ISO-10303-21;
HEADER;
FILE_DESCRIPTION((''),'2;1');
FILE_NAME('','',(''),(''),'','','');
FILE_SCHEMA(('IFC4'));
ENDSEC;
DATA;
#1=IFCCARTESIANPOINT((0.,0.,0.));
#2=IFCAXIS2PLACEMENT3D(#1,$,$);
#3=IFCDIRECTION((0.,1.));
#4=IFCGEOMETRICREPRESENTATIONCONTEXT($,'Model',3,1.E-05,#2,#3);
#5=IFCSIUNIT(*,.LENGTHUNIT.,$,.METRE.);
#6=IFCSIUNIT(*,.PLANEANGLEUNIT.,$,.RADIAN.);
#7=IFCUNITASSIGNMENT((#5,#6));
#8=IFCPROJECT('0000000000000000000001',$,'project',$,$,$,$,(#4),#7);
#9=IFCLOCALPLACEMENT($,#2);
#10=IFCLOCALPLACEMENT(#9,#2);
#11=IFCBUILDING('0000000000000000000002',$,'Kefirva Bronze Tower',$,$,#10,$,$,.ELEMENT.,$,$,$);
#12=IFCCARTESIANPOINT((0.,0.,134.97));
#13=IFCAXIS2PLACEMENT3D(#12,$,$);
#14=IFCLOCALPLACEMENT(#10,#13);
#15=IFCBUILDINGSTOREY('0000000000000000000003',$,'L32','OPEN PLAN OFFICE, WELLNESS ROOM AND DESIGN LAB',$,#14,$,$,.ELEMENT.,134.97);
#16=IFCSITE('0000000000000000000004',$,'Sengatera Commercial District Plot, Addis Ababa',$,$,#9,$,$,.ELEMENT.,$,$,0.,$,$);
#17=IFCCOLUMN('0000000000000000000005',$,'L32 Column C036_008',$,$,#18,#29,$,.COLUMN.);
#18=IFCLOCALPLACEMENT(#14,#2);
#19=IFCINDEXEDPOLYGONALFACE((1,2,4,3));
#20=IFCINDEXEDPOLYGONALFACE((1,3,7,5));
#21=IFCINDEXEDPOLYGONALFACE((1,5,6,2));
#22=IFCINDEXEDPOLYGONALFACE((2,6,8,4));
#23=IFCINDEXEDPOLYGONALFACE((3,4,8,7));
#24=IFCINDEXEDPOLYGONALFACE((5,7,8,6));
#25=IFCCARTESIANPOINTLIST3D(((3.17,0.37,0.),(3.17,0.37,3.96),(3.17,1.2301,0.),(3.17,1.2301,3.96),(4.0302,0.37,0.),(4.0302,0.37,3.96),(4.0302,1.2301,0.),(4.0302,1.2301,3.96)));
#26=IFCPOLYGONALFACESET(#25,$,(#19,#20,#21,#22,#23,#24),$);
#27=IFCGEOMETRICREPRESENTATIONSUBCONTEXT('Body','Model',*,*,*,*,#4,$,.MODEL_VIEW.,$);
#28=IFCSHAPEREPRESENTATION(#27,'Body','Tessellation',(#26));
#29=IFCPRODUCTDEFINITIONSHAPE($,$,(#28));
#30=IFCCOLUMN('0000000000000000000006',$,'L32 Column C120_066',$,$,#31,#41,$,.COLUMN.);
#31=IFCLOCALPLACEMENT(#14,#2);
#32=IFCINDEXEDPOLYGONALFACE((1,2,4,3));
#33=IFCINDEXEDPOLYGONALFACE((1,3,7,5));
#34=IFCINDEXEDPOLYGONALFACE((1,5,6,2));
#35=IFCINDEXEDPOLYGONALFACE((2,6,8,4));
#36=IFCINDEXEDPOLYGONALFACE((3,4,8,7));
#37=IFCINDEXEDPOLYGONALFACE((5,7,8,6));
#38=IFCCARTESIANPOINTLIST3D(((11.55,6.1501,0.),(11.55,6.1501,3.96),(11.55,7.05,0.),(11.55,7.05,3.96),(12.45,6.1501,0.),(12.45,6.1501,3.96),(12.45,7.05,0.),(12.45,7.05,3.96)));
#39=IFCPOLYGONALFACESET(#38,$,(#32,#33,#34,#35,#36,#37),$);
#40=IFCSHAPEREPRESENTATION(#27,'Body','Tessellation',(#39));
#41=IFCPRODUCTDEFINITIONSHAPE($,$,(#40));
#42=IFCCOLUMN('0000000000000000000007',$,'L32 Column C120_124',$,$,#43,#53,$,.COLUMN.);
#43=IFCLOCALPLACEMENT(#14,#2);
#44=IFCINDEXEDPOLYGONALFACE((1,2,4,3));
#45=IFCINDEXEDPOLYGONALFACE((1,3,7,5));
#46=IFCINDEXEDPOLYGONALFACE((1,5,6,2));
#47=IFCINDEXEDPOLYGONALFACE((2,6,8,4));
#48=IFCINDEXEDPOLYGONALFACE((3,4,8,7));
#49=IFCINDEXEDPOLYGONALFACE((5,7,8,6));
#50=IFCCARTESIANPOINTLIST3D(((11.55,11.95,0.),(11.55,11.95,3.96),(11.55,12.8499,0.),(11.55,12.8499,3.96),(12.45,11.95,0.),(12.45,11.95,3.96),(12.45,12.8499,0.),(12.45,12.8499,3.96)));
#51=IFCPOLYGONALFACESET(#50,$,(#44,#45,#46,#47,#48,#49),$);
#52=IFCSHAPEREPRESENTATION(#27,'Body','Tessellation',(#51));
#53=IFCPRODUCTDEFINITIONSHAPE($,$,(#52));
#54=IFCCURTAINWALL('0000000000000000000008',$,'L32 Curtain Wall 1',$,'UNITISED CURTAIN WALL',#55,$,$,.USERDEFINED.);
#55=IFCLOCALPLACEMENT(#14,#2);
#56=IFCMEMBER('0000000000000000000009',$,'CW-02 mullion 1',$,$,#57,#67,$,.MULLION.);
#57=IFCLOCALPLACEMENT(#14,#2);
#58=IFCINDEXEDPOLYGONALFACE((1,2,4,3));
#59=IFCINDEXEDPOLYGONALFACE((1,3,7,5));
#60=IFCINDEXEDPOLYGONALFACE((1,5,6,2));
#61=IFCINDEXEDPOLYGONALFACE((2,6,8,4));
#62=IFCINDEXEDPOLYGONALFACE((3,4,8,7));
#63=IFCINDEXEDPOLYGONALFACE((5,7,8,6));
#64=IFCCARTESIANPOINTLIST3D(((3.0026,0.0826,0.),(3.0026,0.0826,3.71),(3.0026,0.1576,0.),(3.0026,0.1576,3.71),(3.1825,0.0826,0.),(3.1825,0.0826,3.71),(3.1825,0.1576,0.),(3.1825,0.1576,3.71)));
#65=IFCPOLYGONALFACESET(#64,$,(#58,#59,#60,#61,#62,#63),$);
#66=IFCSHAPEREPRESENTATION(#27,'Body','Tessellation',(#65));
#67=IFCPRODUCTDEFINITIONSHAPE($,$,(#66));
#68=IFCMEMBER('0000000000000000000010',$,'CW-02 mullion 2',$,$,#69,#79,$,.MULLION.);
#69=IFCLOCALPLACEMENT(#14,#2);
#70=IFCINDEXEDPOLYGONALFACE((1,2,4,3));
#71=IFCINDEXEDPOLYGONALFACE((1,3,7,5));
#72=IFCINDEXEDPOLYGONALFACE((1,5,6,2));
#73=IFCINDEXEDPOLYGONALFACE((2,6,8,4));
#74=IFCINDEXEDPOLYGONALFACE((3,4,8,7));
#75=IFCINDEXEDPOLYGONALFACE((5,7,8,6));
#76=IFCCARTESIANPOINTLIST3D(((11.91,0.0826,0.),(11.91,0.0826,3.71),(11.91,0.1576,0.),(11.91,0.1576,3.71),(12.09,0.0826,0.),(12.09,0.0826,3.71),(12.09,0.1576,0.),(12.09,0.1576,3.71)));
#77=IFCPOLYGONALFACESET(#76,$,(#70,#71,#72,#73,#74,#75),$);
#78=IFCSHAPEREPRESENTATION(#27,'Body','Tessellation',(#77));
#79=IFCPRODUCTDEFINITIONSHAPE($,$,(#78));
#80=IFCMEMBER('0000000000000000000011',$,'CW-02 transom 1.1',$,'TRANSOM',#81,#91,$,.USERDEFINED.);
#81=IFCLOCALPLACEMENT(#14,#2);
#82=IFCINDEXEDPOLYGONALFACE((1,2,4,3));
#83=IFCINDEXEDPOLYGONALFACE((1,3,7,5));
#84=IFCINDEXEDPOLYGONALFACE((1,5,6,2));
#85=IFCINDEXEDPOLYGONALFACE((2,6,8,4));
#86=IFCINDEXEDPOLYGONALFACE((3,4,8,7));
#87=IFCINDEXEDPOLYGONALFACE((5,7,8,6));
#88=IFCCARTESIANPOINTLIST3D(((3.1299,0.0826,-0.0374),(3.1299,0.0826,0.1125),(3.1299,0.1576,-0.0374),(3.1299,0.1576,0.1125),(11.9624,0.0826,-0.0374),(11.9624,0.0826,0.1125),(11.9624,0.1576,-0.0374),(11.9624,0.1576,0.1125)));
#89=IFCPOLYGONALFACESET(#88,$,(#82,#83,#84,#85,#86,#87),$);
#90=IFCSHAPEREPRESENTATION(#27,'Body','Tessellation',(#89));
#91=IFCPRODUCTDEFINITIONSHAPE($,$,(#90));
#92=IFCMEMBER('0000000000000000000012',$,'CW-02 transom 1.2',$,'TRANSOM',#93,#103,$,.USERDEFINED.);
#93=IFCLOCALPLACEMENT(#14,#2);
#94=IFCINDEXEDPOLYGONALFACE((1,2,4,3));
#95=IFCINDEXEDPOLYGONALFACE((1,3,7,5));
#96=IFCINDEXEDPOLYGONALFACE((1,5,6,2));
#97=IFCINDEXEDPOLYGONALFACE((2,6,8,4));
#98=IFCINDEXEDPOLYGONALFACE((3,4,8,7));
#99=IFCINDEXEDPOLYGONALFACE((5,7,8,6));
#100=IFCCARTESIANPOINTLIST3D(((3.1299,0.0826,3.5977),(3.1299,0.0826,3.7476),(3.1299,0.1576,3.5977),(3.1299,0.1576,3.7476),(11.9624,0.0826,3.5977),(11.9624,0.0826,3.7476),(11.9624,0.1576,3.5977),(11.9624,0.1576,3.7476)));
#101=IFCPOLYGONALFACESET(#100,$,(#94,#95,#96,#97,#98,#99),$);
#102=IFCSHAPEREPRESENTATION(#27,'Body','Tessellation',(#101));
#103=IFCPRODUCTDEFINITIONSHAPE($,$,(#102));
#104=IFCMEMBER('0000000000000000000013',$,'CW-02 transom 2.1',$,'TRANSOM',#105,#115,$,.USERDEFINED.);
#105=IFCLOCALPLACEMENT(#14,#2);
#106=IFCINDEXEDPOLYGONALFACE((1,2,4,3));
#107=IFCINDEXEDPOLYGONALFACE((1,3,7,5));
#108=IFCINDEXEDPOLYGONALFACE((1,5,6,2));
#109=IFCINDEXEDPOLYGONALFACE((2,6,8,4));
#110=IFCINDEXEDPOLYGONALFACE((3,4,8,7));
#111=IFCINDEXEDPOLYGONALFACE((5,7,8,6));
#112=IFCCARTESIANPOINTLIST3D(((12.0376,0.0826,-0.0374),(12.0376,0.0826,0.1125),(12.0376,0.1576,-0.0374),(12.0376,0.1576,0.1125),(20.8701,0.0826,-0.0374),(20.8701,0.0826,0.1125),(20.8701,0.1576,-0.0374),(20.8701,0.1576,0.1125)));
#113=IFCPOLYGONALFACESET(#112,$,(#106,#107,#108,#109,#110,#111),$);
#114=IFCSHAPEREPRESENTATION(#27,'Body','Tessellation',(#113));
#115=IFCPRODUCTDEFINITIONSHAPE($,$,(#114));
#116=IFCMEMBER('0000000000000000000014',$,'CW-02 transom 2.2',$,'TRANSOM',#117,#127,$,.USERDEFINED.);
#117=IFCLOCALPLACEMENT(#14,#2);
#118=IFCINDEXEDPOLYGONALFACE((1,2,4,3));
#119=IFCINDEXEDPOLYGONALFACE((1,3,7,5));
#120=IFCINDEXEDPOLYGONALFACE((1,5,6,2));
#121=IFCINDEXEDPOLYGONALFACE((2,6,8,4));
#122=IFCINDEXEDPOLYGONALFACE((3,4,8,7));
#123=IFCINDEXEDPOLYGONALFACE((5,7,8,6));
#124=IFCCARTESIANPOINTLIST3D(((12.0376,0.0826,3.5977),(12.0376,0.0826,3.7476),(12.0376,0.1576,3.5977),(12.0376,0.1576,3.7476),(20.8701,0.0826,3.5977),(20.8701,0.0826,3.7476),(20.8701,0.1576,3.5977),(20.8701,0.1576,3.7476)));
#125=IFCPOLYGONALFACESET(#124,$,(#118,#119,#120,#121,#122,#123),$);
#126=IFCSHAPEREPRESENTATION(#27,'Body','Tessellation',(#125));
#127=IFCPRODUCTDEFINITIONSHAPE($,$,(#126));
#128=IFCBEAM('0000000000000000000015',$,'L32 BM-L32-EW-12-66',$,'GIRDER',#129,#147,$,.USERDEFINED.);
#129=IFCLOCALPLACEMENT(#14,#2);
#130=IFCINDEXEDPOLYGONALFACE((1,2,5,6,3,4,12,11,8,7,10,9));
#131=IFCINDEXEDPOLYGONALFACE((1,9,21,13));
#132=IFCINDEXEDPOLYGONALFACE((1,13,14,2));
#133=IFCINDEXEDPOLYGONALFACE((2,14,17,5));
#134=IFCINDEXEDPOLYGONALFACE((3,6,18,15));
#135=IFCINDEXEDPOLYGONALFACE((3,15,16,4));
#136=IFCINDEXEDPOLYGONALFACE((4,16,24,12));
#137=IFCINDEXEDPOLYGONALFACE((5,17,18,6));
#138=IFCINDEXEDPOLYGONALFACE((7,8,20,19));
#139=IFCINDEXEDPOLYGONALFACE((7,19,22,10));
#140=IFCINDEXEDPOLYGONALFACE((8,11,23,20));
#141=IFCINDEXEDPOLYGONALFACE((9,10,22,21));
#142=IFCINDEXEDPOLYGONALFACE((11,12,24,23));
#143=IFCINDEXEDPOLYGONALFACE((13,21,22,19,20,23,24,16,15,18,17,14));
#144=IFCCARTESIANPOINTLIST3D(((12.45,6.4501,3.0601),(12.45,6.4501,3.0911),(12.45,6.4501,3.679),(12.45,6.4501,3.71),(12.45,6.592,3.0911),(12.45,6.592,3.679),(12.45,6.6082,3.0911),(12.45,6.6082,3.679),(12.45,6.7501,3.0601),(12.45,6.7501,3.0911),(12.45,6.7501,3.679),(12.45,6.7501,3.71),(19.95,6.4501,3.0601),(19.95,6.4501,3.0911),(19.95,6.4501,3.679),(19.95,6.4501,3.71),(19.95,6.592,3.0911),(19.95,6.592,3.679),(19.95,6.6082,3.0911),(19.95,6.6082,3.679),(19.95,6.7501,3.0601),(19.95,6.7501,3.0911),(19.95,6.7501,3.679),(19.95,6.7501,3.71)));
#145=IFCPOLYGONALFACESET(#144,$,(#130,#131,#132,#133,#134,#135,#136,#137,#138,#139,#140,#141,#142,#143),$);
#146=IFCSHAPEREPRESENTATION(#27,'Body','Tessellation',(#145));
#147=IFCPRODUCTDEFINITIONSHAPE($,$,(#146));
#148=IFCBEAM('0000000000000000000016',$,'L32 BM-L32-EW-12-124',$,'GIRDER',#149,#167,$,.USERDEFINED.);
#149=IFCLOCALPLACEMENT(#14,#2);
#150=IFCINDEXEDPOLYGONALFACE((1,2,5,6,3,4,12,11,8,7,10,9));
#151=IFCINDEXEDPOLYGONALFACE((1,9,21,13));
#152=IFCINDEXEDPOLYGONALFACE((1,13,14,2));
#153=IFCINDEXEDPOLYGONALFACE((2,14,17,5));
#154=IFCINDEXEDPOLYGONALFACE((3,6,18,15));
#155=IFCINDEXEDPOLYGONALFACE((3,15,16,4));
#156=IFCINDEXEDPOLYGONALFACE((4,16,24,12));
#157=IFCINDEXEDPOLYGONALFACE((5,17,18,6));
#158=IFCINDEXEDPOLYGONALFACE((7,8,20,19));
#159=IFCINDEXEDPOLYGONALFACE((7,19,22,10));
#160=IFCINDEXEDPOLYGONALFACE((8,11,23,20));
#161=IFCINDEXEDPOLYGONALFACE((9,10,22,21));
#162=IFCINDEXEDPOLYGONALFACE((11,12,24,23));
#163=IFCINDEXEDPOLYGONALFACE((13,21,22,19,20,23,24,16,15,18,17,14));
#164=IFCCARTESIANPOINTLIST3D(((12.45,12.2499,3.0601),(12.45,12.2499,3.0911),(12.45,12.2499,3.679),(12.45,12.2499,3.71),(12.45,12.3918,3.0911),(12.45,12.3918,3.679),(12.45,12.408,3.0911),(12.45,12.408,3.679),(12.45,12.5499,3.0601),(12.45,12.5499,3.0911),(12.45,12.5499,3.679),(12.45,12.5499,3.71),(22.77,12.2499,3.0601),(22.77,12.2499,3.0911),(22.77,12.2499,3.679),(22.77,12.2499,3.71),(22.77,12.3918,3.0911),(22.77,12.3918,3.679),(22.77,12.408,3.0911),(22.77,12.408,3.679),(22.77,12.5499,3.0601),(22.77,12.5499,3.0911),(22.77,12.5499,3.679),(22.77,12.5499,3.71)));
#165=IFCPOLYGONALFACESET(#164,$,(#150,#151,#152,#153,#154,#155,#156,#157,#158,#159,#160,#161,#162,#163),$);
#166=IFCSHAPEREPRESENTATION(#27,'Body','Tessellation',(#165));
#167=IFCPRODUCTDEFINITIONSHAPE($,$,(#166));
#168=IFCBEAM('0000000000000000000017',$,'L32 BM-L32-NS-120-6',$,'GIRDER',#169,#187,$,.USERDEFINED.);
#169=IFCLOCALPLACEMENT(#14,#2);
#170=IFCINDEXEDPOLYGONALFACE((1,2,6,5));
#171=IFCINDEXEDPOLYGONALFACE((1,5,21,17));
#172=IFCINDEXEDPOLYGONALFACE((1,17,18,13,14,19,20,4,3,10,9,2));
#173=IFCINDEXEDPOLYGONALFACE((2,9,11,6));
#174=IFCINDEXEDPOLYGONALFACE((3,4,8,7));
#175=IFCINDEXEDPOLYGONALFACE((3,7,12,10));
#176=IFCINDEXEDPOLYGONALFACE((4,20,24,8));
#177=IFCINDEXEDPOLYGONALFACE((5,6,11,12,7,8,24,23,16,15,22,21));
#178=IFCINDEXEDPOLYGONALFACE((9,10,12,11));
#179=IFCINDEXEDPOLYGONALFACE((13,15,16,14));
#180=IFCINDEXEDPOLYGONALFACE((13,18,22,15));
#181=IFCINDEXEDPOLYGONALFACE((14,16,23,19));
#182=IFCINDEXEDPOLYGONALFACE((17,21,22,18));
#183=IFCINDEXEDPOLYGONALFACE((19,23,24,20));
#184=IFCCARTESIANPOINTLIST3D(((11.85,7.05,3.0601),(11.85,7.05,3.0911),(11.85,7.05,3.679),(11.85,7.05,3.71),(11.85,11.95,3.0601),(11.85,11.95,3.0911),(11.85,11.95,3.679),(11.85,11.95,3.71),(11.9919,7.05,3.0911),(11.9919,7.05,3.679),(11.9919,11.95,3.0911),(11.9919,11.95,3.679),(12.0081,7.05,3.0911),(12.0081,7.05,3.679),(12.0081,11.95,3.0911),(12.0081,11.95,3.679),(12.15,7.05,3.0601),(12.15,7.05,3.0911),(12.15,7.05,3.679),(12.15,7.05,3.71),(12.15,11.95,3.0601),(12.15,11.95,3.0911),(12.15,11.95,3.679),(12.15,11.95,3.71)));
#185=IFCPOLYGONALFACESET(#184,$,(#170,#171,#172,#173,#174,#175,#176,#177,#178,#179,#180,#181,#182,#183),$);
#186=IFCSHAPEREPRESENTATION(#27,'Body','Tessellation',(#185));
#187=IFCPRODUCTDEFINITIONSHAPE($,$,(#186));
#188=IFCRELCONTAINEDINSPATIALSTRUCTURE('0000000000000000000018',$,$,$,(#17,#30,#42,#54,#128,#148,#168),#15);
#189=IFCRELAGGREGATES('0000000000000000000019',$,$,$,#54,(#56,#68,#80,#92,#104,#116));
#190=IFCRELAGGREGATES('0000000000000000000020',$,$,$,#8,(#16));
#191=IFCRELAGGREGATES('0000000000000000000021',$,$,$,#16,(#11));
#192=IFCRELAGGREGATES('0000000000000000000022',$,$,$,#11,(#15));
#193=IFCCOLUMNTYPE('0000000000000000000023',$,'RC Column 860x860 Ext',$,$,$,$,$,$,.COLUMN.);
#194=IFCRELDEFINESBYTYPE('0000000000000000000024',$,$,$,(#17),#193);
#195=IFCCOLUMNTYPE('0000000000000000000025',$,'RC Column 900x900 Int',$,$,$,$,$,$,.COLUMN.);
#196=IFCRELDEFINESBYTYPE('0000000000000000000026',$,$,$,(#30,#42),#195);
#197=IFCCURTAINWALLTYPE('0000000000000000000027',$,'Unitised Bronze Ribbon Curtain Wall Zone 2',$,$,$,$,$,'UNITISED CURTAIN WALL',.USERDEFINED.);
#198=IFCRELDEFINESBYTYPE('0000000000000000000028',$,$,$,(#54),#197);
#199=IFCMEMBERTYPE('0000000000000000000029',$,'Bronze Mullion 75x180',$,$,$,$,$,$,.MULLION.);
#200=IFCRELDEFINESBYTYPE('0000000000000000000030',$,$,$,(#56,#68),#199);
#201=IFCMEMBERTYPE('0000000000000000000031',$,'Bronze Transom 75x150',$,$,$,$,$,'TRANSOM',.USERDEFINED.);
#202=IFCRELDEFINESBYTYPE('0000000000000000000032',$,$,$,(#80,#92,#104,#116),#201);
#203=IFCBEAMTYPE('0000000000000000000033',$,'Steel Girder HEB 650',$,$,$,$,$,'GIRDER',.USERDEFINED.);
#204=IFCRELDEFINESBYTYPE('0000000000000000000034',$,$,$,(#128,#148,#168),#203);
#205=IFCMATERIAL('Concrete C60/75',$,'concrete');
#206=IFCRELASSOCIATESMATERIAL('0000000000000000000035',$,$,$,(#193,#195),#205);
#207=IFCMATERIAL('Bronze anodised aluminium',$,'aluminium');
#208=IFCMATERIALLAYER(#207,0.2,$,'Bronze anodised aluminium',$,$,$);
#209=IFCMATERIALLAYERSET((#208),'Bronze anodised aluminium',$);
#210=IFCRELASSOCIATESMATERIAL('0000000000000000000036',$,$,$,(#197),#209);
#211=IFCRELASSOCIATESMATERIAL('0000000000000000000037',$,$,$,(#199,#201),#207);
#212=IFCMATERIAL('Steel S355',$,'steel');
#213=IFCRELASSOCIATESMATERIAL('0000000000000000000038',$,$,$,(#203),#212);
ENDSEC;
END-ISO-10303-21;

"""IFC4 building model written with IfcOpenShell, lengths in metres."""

from ifc_helpers import new_model, si_unit, direction, frame, origin, origin_2d, place, context, subcontext, project, spatial, rectangle, i_section, extrude, material, layer, layer_set, material_profile, profile_set, type_object, element, aggregate, save


model = new_model("IFC4")

# Units and contexts
model_context = context("Model", 3, precision=1e-05, world=origin(), true_north=direction((0.0, 1.0)))
body_context = subcontext(model_context, "Body", "Model", "MODEL_VIEW")
ifc_project = project(units=[si_unit("LENGTHUNIT", "METRE"), si_unit("PLANEANGLEUNIT", "RADIAN")], contexts=[model_context])

# Site, building, storey
site_placement = place(None, origin())
site = spatial("IfcSite", under=ifc_project, at=site_placement, Name="Sengatera Commercial District Plot, Addis Ababa", CompositionType="ELEMENT", RefElevation=0.0)
building_placement = place(site_placement, origin())
building = spatial("IfcBuilding", under=site, at=building_placement, Name="Kefirva Bronze Tower", CompositionType="ELEMENT")
storey_placement = place(building_placement, frame((0.0, 0.0, 134.97)))
storey = spatial("IfcBuildingStorey", under=building, at=storey_placement, Name="L32", Description="OPEN PLAN OFFICE, WELLNESS ROOM AND DESIGN LAB", CompositionType="ELEMENT", Elevation=134.97)

# Columns
ifc_material_1 = material(Name="Concrete C60/75", Category="concrete")
ifc_material_profile_1 = material_profile(ifc_material_1, rectangle(XDim=0.8601, YDim=0.8601, at=origin_2d()), Name="RC 860x860")
ifc_profile_set_1 = profile_set([ifc_material_profile_1], Name="Concrete C60/75")
column_type_1 = type_object("IfcColumnType", Name="RC Column 860x860 Ext", PredefinedType="COLUMN", material=ifc_profile_set_1)
column_placement = place(storey_placement, frame((3.6001, 0.8, 0.0), z_axis=(0.0, 0.0, 1.0), x_axis=(1.0, 0.0, 0.0)))
element("IfcColumn", 1, at=column_placement, inside=storey, type_object=column_type_1, Name="L32 Column C036_008", PredefinedType="COLUMN", context=body_context, shape_type="SweptSolid", body=[
    extrude(rectangle(XDim=0.8601, YDim=0.8601, at=origin_2d()), origin(), (0.0, 0.0, 1.0), 3.96),
])
ifc_material_profile_2 = material_profile(ifc_material_1, rectangle(XDim=0.8999, YDim=0.8999, at=origin_2d()), Name="RC 900x900")
ifc_profile_set_2 = profile_set([ifc_material_profile_2], Name="Concrete C60/75")
column_type_2 = type_object("IfcColumnType", Name="RC Column 900x900 Int", PredefinedType="COLUMN", material=ifc_profile_set_2)
for number, where, z_axis, x_axis, name in (
    (2, (12.0, 6.6001, 0.0), (0.0, 0.0, 1.0), (1.0, 0.0, 0.0), "L32 Column C120_066"),
    (3, (12.0, 12.3999, 0.0), (0.0, 0.0, 1.0), (1.0, 0.0, 0.0), "L32 Column C120_124"),
):
    element("IfcColumn", number, at=place(storey_placement, frame(where, z_axis=z_axis, x_axis=x_axis)), inside=storey, type_object=column_type_2, Name=name, PredefinedType="COLUMN", context=body_context, shape_type="SweptSolid", body=[
        extrude(rectangle(XDim=0.8999, YDim=0.8999, at=origin_2d()), origin(), (0.0, 0.0, 1.0), 3.96),
    ])

# Curtain wall, members
ifc_material_2 = material(Name="Bronze anodised aluminium", Category="aluminium")
ifc_layer_1 = layer(ifc_material_2, 0.2, Name="Bronze anodised aluminium")
ifc_layer_set_1 = layer_set([ifc_layer_1], Name="Bronze anodised aluminium")
curtain_wall_type = type_object("IfcCurtainWallType", Name="Unitised Bronze Ribbon Curtain Wall Zone 2", ElementType="UNITISED CURTAIN WALL", PredefinedType="USERDEFINED", material=ifc_layer_set_1)
curtain_wall_placement = place(storey_placement, origin())
curtain_wall = element("IfcCurtainWall", 4, at=curtain_wall_placement, inside=storey, type_object=curtain_wall_type, Name="L32 Curtain Wall 1", ObjectType="UNITISED CURTAIN WALL", PredefinedType="USERDEFINED")
ifc_material_profile_3 = material_profile(ifc_material_2, rectangle(XDim=0.075, YDim=0.1799, at=origin_2d()), Name="ALU 75x180")
ifc_profile_set_3 = profile_set([ifc_material_profile_3], Name="Bronze anodised aluminium")
member_type_1 = type_object("IfcMemberType", Name="Bronze Mullion 75x180", PredefinedType="MULLION", material=ifc_profile_set_3)
member_1_placement = place(storey_placement, frame((3.0925, 0.1201, 0.0), z_axis=(0.0, 0.0, 1.0), x_axis=(0.0, 1.0, 0.0)))
member_1 = element("IfcMember", 5, at=member_1_placement, type_object=member_type_1, Name="CW-02 mullion 1", PredefinedType="MULLION", context=body_context, shape_type="SweptSolid", body=[
    extrude(rectangle(XDim=0.075, YDim=0.1799, at=origin_2d()), origin(), (0.0, 0.0, 1.0), 3.71),
])
member_2_placement = place(storey_placement, frame((12.0, 0.1201, 0.0), z_axis=(0.0, 0.0, 1.0), x_axis=(0.0, 1.0, 0.0)))
member_2 = element("IfcMember", 6, at=member_2_placement, type_object=member_type_1, Name="CW-02 mullion 2", PredefinedType="MULLION", context=body_context, shape_type="SweptSolid", body=[
    extrude(rectangle(XDim=0.075, YDim=0.1799, at=origin_2d()), origin(), (0.0, 0.0, 1.0), 3.71),
])
ifc_material_profile_4 = material_profile(ifc_material_2, rectangle(XDim=0.075, YDim=0.1499, at=origin_2d()), Name="ALU 75x150")
ifc_profile_set_4 = profile_set([ifc_material_profile_4], Name="Bronze anodised aluminium")
member_type_2 = type_object("IfcMemberType", Name="Bronze Transom 75x150", ElementType="TRANSOM", PredefinedType="USERDEFINED", material=ifc_profile_set_4)
member_3_placement = place(storey_placement, frame((3.1299, 0.1201, 0.0376), z_axis=(1.0, 0.0, 0.0), x_axis=(0.0, 1.0, 0.0)))
member_3 = element("IfcMember", 7, at=member_3_placement, type_object=member_type_2, Name="CW-02 transom 1.1", ObjectType="TRANSOM", PredefinedType="USERDEFINED", context=body_context, shape_type="SweptSolid", body=[
    extrude(rectangle(XDim=0.075, YDim=0.1499, at=origin_2d()), origin(), (0.0, 0.0, 1.0), 8.8325),
])
member_4_placement = place(storey_placement, frame((3.1299, 0.1201, 3.6726), z_axis=(1.0, 0.0, 0.0), x_axis=(0.0, 1.0, 0.0)))
member_4 = element("IfcMember", 8, at=member_4_placement, type_object=member_type_2, Name="CW-02 transom 1.2", ObjectType="TRANSOM", PredefinedType="USERDEFINED", context=body_context, shape_type="SweptSolid", body=[
    extrude(rectangle(XDim=0.075, YDim=0.1499, at=origin_2d()), origin(), (0.0, 0.0, 1.0), 8.8325),
])
member_5_placement = place(storey_placement, frame((12.0376, 0.1201, 0.0376), z_axis=(1.0, 0.0, 0.0), x_axis=(0.0, 1.0, 0.0)))
member_5 = element("IfcMember", 9, at=member_5_placement, type_object=member_type_2, Name="CW-02 transom 2.1", ObjectType="TRANSOM", PredefinedType="USERDEFINED", context=body_context, shape_type="SweptSolid", body=[
    extrude(rectangle(XDim=0.075, YDim=0.1499, at=origin_2d()), origin(), (0.0, 0.0, 1.0), 8.8325),
])
member_6_placement = place(storey_placement, frame((12.0376, 0.1201, 3.6726), z_axis=(1.0, 0.0, 0.0), x_axis=(0.0, 1.0, 0.0)))
member_6 = element("IfcMember", 10, at=member_6_placement, type_object=member_type_2, Name="CW-02 transom 2.2", ObjectType="TRANSOM", PredefinedType="USERDEFINED", context=body_context, shape_type="SweptSolid", body=[
    extrude(rectangle(XDim=0.075, YDim=0.1499, at=origin_2d()), origin(), (0.0, 0.0, 1.0), 8.8325),
])

# Beams
ifc_material_3 = material(Name="Steel S355", Category="steel")
ifc_material_profile_5 = material_profile(ifc_material_3, i_section(OverallWidth=0.3, OverallDepth=0.6499, WebThickness=0.0161, FlangeThickness=0.031, at=origin_2d()), Name="HEB 650")
ifc_profile_set_5 = profile_set([ifc_material_profile_5], Name="Steel S355")
beam_type_1 = type_object("IfcBeamType", Name="Steel Girder HEB 650", ElementType="GIRDER", PredefinedType="USERDEFINED", material=ifc_profile_set_5)
beam_1_placement = place(storey_placement, frame((12.45, 6.6001, 3.385), z_axis=(1.0, 0.0, 0.0), x_axis=(0.0, 1.0, 0.0)))
element("IfcBeam", 11, at=beam_1_placement, inside=storey, type_object=beam_type_1, Name="L32 BM-L32-EW-12-66", ObjectType="GIRDER", PredefinedType="USERDEFINED", context=body_context, shape_type="SweptSolid", body=[
    extrude(i_section(OverallWidth=0.3, OverallDepth=0.6499, WebThickness=0.0161, FlangeThickness=0.031, at=origin_2d()), origin(), (0.0, 0.0, 1.0), 7.5),
])
beam_2_placement = place(storey_placement, frame((12.45, 12.3999, 3.385), z_axis=(1.0, 0.0, 0.0), x_axis=(0.0, 1.0, 0.0)))
element("IfcBeam", 12, at=beam_2_placement, inside=storey, type_object=beam_type_1, Name="L32 BM-L32-EW-12-124", ObjectType="GIRDER", PredefinedType="USERDEFINED", context=body_context, shape_type="SweptSolid", body=[
    extrude(i_section(OverallWidth=0.3, OverallDepth=0.6499, WebThickness=0.0161, FlangeThickness=0.031, at=origin_2d()), origin(), (0.0, 0.0, 1.0), 10.3201),
])
beam_3_placement = place(storey_placement, frame((12.0, 7.05, 3.385), z_axis=(0.0, 1.0, 0.0), x_axis=(-1.0, 0.0, 0.0)))
element("IfcBeam", 13, at=beam_3_placement, inside=storey, type_object=beam_type_1, Name="L32 BM-L32-NS-120-6", ObjectType="GIRDER", PredefinedType="USERDEFINED", context=body_context, shape_type="SweptSolid", body=[
    extrude(i_section(OverallWidth=0.3, OverallDepth=0.6499, WebThickness=0.0161, FlangeThickness=0.031, at=origin_2d()), origin(), (0.0, 0.0, 1.0), 4.8999),
])

aggregate(curtain_wall, [member_1, member_2, member_3, member_4, member_5, member_6])

save(model, "model.ifc")
